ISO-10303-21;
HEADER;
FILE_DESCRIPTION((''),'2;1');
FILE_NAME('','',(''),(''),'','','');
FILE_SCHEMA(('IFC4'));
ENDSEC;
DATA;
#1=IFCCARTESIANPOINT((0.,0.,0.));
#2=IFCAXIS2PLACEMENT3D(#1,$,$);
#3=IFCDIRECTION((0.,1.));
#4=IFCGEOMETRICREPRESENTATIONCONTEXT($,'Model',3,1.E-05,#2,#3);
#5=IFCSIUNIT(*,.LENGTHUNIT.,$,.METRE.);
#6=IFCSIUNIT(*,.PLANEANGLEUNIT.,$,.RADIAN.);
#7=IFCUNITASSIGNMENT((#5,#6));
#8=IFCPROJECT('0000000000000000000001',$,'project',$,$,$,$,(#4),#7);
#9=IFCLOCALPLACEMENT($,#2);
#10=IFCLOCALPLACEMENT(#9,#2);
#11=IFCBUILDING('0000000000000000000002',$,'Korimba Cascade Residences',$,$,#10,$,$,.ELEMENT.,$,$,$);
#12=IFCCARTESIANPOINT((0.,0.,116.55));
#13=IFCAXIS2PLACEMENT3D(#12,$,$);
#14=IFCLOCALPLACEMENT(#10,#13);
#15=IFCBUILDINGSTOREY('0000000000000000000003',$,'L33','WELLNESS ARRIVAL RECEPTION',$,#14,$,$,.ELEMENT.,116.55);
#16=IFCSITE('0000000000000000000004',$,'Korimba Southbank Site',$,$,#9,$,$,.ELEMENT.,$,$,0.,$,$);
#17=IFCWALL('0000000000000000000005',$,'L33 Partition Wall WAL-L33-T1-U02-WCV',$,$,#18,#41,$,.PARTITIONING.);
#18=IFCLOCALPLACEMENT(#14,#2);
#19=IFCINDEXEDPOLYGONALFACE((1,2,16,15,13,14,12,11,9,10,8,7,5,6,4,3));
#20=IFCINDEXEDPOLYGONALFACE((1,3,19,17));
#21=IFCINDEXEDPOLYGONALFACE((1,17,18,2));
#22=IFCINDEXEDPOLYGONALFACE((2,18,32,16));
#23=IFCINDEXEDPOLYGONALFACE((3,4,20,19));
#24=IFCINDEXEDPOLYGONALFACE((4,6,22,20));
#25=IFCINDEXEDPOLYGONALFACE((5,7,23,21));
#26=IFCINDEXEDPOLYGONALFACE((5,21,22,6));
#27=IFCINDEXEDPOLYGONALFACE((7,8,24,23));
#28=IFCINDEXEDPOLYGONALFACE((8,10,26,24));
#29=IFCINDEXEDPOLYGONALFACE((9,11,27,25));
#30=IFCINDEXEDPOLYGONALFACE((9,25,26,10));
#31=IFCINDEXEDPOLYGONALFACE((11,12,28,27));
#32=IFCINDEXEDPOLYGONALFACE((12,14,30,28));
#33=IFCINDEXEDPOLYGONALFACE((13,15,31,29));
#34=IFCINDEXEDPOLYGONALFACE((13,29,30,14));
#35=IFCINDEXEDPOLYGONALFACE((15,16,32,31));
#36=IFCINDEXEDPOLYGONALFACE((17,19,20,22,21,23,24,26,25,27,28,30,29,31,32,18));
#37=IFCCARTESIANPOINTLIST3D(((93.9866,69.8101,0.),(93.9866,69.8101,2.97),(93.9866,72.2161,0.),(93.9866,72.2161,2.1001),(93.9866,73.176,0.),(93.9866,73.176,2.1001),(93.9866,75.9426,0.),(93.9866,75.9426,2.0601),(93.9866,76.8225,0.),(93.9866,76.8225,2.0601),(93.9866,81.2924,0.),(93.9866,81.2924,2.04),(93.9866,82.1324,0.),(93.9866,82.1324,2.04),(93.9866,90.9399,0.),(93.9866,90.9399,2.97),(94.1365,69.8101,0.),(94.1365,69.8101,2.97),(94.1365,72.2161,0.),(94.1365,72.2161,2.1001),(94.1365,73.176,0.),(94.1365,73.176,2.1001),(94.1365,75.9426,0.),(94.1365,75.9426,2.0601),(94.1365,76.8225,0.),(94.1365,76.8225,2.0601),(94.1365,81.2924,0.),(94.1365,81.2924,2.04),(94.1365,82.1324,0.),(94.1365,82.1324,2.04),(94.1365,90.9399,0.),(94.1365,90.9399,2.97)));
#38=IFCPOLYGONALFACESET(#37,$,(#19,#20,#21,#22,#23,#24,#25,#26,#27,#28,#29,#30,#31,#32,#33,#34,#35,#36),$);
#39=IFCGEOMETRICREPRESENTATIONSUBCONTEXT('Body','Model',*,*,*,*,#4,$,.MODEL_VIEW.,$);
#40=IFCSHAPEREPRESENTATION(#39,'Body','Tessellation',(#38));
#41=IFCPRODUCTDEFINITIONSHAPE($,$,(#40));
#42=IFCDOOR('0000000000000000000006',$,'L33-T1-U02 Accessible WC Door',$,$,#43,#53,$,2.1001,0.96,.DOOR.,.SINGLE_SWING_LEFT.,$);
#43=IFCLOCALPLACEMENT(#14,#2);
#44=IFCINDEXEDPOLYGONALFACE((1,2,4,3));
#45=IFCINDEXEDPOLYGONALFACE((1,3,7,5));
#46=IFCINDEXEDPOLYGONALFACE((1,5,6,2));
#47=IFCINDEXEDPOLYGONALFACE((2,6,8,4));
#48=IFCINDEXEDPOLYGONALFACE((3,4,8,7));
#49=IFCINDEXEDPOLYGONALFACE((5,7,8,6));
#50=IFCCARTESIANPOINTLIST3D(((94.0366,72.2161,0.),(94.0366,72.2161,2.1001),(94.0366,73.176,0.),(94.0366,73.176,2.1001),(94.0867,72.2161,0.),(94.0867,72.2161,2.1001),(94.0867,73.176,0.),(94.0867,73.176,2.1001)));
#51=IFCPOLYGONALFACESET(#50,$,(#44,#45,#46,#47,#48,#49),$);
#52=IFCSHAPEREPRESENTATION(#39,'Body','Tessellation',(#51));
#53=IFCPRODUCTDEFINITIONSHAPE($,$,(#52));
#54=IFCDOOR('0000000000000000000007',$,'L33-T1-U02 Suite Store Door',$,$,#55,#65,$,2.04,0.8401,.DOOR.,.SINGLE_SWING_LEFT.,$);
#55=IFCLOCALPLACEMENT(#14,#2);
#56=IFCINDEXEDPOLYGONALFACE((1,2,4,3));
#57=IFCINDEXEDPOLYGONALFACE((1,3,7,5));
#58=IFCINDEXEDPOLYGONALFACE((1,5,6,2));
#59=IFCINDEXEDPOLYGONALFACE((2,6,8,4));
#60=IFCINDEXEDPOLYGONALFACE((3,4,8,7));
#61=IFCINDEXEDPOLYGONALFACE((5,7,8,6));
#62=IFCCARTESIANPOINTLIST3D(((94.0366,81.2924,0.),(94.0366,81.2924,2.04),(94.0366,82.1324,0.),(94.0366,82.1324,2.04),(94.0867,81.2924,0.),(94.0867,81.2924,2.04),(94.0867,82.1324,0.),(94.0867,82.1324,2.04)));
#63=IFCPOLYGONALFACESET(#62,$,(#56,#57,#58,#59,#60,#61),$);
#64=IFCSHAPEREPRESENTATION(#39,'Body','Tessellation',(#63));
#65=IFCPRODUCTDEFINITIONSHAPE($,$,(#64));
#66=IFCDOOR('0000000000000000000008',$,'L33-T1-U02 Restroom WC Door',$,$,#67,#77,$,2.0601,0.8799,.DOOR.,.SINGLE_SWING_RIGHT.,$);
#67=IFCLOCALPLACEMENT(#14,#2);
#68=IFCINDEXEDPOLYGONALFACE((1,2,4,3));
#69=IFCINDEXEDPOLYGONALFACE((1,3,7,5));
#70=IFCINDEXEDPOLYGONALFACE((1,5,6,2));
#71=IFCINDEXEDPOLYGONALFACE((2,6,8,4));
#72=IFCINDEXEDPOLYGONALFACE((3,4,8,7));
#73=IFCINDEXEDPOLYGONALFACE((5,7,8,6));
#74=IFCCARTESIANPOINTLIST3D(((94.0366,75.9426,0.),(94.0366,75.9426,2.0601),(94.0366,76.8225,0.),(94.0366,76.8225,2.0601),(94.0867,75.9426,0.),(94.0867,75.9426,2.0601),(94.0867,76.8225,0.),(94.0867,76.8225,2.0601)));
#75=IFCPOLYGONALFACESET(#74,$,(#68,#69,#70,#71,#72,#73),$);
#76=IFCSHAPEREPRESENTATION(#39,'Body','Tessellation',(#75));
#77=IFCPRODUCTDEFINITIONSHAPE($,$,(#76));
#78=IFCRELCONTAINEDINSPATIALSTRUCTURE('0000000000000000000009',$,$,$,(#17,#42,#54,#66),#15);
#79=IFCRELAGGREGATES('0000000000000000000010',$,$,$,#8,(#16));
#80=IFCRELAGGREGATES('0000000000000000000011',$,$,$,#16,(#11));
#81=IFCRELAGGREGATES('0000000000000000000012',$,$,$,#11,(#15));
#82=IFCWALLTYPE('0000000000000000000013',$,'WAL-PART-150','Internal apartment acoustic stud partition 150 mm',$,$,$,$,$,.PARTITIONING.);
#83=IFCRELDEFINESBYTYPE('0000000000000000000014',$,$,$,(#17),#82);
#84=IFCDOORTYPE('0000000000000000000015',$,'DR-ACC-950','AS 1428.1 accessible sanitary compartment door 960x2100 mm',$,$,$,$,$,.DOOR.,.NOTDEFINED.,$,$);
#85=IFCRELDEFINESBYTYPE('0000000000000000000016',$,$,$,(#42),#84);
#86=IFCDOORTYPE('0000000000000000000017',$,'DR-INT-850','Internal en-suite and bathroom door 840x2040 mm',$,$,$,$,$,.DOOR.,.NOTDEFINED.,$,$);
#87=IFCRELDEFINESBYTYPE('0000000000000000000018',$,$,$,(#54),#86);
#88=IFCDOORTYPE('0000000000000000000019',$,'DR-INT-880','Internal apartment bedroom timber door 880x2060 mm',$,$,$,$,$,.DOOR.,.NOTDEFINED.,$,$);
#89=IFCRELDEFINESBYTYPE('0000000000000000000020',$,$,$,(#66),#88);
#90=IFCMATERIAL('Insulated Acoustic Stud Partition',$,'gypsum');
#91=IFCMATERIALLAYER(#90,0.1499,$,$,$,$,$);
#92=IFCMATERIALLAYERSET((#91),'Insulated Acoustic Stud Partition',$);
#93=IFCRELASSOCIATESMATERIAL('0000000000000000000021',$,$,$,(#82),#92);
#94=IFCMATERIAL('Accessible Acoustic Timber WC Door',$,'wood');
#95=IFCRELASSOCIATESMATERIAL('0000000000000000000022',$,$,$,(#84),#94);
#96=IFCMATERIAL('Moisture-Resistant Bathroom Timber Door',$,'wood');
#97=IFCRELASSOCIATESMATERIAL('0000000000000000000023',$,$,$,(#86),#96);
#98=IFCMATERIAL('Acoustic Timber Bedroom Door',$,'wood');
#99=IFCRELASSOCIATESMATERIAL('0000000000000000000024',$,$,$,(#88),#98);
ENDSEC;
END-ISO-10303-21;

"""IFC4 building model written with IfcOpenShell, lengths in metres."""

from ifc_helpers import new_model, si_unit, direction, frame, frame_2d, origin, place, context, subcontext, project, spatial, rectangle, extrude, material, layer, layer_set, type_object, element, fill, save


model = new_model("IFC4")

# Units and contexts
model_context = context("Model", 3, precision=1e-05, world=origin(), true_north=direction((0.0, 1.0)))
body_context = subcontext(model_context, "Body", "Model", "MODEL_VIEW")
ifc_project = project(units=[si_unit("LENGTHUNIT", "METRE"), si_unit("PLANEANGLEUNIT", "RADIAN")], contexts=[model_context])

# Site, building, storey
site_placement = place(None, origin())
site = spatial("IfcSite", under=ifc_project, at=site_placement, Name="Korimba Southbank Site", CompositionType="ELEMENT", RefElevation=0.0)
building_placement = place(site_placement, origin())
building = spatial("IfcBuilding", under=site, at=building_placement, Name="Korimba Cascade Residences", CompositionType="ELEMENT")
storey_placement = place(building_placement, frame((0.0, 0.0, 116.55)))
storey = spatial("IfcBuildingStorey", under=building, at=storey_placement, Name="L33", Description="WELLNESS ARRIVAL RECEPTION", CompositionType="ELEMENT", Elevation=116.55)

# Shared definitions
ifc_material_1 = material(Name="Insulated Acoustic Stud Partition", Category="gypsum")
ifc_layer_1 = layer(ifc_material_1, 0.1499)
ifc_layer_set_1 = layer_set([ifc_layer_1], Name="Insulated Acoustic Stud Partition")
wall_type_1 = type_object("IfcWallType", Name="WAL-PART-150", Description="Internal apartment acoustic stud partition 150 mm", PredefinedType="PARTITIONING", material=ifc_layer_set_1)

# Wall, openings, doors
wall_placement = place(storey_placement, frame((94.0615, 69.8101, 0.0), z_axis=(0.0, 0.0, 1.0), x_axis=(0.0, 1.0, 0.0)))
wall = element("IfcWall", 1, at=wall_placement, inside=storey, type_object=wall_type_1, Name="L33 Partition Wall WAL-L33-T1-U02-WCV", PredefinedType="PARTITIONING", context=body_context, shape_type="SweptSolid", body=[
    extrude(rectangle(XDim=21.1299, YDim=0.1499, at=frame_2d((10.5649, 0.0))), origin(), (0.0, 0.0, 1.0), 2.97),
])
opening_1_placement = place(wall_placement, frame((2.406, 0.0, 0.0)))
opening_1 = element("IfcOpeningElement", 2, at=opening_1_placement, cuts=wall, PredefinedType="OPENING", context=body_context, shape_type="SweptSolid", body=[
    extrude(rectangle(XDim=0.96, YDim=2.1001, at=frame_2d((0.48, 1.05))), frame((0.0, 0.085, 0.0), z_axis=(0.0, -1.0, 0.0), x_axis=(1.0, 0.0, 0.0)), (0.0, 0.0, 1.0), 0.1699),
])
opening_2_placement = place(wall_placement, frame((6.1326, 0.0, 0.0)))
opening_2 = element("IfcOpeningElement", 3, at=opening_2_placement, cuts=wall, PredefinedType="OPENING", context=body_context, shape_type="SweptSolid", body=[
    extrude(rectangle(XDim=0.8799, YDim=2.0601, at=frame_2d((0.4399, 1.03))), frame((0.0, 0.085, 0.0), z_axis=(0.0, -1.0, 0.0), x_axis=(1.0, 0.0, 0.0)), (0.0, 0.0, 1.0), 0.1699),
])
opening_3_placement = place(wall_placement, frame((11.4824, 0.0, 0.0)))
opening_3 = element("IfcOpeningElement", 4, at=opening_3_placement, cuts=wall, PredefinedType="OPENING", context=body_context, shape_type="SweptSolid", body=[
    extrude(rectangle(XDim=0.8401, YDim=2.04, at=frame_2d((0.4199, 1.02))), frame((0.0, 0.085, 0.0), z_axis=(0.0, -1.0, 0.0), x_axis=(1.0, 0.0, 0.0)), (0.0, 0.0, 1.0), 0.1699),
])
ifc_material_2 = material(Name="Accessible Acoustic Timber WC Door", Category="wood")
door_type_1 = type_object("IfcDoorType", Name="DR-ACC-950", Description="AS 1428.1 accessible sanitary compartment door 960x2100 mm", OperationType="NOTDEFINED", PredefinedType="DOOR", material=ifc_material_2)
door_1_placement = place(opening_1_placement, origin())
door_1 = element("IfcDoor", 5, at=door_1_placement, inside=storey, type_object=door_type_1, Name="L33-T1-U02 Accessible WC Door", OperationType="SINGLE_SWING_LEFT", OverallHeight=2.1001, OverallWidth=0.96, PredefinedType="DOOR", context=body_context, shape_type="SweptSolid", body=[
    extrude(rectangle(XDim=0.96, YDim=2.1001, at=frame_2d((0.48, 1.05))), frame((0.0, 0.0249, 0.0), z_axis=(0.0, -1.0, 0.0), x_axis=(1.0, 0.0, 0.0)), (0.0, 0.0, 1.0), 0.05),
])
fill(opening_1, door_1)
ifc_material_3 = material(Name="Moisture-Resistant Bathroom Timber Door", Category="wood")
door_type_2 = type_object("IfcDoorType", Name="DR-INT-850", Description="Internal en-suite and bathroom door 840x2040 mm", OperationType="NOTDEFINED", PredefinedType="DOOR", material=ifc_material_3)
door_2_placement = place(opening_3_placement, origin())
door_2 = element("IfcDoor", 6, at=door_2_placement, inside=storey, type_object=door_type_2, Name="L33-T1-U02 Suite Store Door", OperationType="SINGLE_SWING_LEFT", OverallHeight=2.04, OverallWidth=0.8401, PredefinedType="DOOR", context=body_context, shape_type="SweptSolid", body=[
    extrude(rectangle(XDim=0.8401, YDim=2.04, at=frame_2d((0.4199, 1.02))), frame((0.0, 0.0249, 0.0), z_axis=(0.0, -1.0, 0.0), x_axis=(1.0, 0.0, 0.0)), (0.0, 0.0, 1.0), 0.05),
])
fill(opening_3, door_2)
ifc_material_4 = material(Name="Acoustic Timber Bedroom Door", Category="wood")
door_type_3 = type_object("IfcDoorType", Name="DR-INT-880", Description="Internal apartment bedroom timber door 880x2060 mm", OperationType="NOTDEFINED", PredefinedType="DOOR", material=ifc_material_4)
door_3_placement = place(opening_2_placement, origin())
door_3 = element("IfcDoor", 7, at=door_3_placement, inside=storey, type_object=door_type_3, Name="L33-T1-U02 Restroom WC Door", OperationType="SINGLE_SWING_RIGHT", OverallHeight=2.0601, OverallWidth=0.8799, PredefinedType="DOOR", context=body_context, shape_type="SweptSolid", body=[
    extrude(rectangle(XDim=0.8799, YDim=2.0601, at=frame_2d((0.4399, 1.03))), frame((0.0, 0.0249, 0.0), z_axis=(0.0, -1.0, 0.0), x_axis=(1.0, 0.0, 0.0)), (0.0, 0.0, 1.0), 0.05),
])
fill(opening_2, door_3)

save(model, "model.ifc")
